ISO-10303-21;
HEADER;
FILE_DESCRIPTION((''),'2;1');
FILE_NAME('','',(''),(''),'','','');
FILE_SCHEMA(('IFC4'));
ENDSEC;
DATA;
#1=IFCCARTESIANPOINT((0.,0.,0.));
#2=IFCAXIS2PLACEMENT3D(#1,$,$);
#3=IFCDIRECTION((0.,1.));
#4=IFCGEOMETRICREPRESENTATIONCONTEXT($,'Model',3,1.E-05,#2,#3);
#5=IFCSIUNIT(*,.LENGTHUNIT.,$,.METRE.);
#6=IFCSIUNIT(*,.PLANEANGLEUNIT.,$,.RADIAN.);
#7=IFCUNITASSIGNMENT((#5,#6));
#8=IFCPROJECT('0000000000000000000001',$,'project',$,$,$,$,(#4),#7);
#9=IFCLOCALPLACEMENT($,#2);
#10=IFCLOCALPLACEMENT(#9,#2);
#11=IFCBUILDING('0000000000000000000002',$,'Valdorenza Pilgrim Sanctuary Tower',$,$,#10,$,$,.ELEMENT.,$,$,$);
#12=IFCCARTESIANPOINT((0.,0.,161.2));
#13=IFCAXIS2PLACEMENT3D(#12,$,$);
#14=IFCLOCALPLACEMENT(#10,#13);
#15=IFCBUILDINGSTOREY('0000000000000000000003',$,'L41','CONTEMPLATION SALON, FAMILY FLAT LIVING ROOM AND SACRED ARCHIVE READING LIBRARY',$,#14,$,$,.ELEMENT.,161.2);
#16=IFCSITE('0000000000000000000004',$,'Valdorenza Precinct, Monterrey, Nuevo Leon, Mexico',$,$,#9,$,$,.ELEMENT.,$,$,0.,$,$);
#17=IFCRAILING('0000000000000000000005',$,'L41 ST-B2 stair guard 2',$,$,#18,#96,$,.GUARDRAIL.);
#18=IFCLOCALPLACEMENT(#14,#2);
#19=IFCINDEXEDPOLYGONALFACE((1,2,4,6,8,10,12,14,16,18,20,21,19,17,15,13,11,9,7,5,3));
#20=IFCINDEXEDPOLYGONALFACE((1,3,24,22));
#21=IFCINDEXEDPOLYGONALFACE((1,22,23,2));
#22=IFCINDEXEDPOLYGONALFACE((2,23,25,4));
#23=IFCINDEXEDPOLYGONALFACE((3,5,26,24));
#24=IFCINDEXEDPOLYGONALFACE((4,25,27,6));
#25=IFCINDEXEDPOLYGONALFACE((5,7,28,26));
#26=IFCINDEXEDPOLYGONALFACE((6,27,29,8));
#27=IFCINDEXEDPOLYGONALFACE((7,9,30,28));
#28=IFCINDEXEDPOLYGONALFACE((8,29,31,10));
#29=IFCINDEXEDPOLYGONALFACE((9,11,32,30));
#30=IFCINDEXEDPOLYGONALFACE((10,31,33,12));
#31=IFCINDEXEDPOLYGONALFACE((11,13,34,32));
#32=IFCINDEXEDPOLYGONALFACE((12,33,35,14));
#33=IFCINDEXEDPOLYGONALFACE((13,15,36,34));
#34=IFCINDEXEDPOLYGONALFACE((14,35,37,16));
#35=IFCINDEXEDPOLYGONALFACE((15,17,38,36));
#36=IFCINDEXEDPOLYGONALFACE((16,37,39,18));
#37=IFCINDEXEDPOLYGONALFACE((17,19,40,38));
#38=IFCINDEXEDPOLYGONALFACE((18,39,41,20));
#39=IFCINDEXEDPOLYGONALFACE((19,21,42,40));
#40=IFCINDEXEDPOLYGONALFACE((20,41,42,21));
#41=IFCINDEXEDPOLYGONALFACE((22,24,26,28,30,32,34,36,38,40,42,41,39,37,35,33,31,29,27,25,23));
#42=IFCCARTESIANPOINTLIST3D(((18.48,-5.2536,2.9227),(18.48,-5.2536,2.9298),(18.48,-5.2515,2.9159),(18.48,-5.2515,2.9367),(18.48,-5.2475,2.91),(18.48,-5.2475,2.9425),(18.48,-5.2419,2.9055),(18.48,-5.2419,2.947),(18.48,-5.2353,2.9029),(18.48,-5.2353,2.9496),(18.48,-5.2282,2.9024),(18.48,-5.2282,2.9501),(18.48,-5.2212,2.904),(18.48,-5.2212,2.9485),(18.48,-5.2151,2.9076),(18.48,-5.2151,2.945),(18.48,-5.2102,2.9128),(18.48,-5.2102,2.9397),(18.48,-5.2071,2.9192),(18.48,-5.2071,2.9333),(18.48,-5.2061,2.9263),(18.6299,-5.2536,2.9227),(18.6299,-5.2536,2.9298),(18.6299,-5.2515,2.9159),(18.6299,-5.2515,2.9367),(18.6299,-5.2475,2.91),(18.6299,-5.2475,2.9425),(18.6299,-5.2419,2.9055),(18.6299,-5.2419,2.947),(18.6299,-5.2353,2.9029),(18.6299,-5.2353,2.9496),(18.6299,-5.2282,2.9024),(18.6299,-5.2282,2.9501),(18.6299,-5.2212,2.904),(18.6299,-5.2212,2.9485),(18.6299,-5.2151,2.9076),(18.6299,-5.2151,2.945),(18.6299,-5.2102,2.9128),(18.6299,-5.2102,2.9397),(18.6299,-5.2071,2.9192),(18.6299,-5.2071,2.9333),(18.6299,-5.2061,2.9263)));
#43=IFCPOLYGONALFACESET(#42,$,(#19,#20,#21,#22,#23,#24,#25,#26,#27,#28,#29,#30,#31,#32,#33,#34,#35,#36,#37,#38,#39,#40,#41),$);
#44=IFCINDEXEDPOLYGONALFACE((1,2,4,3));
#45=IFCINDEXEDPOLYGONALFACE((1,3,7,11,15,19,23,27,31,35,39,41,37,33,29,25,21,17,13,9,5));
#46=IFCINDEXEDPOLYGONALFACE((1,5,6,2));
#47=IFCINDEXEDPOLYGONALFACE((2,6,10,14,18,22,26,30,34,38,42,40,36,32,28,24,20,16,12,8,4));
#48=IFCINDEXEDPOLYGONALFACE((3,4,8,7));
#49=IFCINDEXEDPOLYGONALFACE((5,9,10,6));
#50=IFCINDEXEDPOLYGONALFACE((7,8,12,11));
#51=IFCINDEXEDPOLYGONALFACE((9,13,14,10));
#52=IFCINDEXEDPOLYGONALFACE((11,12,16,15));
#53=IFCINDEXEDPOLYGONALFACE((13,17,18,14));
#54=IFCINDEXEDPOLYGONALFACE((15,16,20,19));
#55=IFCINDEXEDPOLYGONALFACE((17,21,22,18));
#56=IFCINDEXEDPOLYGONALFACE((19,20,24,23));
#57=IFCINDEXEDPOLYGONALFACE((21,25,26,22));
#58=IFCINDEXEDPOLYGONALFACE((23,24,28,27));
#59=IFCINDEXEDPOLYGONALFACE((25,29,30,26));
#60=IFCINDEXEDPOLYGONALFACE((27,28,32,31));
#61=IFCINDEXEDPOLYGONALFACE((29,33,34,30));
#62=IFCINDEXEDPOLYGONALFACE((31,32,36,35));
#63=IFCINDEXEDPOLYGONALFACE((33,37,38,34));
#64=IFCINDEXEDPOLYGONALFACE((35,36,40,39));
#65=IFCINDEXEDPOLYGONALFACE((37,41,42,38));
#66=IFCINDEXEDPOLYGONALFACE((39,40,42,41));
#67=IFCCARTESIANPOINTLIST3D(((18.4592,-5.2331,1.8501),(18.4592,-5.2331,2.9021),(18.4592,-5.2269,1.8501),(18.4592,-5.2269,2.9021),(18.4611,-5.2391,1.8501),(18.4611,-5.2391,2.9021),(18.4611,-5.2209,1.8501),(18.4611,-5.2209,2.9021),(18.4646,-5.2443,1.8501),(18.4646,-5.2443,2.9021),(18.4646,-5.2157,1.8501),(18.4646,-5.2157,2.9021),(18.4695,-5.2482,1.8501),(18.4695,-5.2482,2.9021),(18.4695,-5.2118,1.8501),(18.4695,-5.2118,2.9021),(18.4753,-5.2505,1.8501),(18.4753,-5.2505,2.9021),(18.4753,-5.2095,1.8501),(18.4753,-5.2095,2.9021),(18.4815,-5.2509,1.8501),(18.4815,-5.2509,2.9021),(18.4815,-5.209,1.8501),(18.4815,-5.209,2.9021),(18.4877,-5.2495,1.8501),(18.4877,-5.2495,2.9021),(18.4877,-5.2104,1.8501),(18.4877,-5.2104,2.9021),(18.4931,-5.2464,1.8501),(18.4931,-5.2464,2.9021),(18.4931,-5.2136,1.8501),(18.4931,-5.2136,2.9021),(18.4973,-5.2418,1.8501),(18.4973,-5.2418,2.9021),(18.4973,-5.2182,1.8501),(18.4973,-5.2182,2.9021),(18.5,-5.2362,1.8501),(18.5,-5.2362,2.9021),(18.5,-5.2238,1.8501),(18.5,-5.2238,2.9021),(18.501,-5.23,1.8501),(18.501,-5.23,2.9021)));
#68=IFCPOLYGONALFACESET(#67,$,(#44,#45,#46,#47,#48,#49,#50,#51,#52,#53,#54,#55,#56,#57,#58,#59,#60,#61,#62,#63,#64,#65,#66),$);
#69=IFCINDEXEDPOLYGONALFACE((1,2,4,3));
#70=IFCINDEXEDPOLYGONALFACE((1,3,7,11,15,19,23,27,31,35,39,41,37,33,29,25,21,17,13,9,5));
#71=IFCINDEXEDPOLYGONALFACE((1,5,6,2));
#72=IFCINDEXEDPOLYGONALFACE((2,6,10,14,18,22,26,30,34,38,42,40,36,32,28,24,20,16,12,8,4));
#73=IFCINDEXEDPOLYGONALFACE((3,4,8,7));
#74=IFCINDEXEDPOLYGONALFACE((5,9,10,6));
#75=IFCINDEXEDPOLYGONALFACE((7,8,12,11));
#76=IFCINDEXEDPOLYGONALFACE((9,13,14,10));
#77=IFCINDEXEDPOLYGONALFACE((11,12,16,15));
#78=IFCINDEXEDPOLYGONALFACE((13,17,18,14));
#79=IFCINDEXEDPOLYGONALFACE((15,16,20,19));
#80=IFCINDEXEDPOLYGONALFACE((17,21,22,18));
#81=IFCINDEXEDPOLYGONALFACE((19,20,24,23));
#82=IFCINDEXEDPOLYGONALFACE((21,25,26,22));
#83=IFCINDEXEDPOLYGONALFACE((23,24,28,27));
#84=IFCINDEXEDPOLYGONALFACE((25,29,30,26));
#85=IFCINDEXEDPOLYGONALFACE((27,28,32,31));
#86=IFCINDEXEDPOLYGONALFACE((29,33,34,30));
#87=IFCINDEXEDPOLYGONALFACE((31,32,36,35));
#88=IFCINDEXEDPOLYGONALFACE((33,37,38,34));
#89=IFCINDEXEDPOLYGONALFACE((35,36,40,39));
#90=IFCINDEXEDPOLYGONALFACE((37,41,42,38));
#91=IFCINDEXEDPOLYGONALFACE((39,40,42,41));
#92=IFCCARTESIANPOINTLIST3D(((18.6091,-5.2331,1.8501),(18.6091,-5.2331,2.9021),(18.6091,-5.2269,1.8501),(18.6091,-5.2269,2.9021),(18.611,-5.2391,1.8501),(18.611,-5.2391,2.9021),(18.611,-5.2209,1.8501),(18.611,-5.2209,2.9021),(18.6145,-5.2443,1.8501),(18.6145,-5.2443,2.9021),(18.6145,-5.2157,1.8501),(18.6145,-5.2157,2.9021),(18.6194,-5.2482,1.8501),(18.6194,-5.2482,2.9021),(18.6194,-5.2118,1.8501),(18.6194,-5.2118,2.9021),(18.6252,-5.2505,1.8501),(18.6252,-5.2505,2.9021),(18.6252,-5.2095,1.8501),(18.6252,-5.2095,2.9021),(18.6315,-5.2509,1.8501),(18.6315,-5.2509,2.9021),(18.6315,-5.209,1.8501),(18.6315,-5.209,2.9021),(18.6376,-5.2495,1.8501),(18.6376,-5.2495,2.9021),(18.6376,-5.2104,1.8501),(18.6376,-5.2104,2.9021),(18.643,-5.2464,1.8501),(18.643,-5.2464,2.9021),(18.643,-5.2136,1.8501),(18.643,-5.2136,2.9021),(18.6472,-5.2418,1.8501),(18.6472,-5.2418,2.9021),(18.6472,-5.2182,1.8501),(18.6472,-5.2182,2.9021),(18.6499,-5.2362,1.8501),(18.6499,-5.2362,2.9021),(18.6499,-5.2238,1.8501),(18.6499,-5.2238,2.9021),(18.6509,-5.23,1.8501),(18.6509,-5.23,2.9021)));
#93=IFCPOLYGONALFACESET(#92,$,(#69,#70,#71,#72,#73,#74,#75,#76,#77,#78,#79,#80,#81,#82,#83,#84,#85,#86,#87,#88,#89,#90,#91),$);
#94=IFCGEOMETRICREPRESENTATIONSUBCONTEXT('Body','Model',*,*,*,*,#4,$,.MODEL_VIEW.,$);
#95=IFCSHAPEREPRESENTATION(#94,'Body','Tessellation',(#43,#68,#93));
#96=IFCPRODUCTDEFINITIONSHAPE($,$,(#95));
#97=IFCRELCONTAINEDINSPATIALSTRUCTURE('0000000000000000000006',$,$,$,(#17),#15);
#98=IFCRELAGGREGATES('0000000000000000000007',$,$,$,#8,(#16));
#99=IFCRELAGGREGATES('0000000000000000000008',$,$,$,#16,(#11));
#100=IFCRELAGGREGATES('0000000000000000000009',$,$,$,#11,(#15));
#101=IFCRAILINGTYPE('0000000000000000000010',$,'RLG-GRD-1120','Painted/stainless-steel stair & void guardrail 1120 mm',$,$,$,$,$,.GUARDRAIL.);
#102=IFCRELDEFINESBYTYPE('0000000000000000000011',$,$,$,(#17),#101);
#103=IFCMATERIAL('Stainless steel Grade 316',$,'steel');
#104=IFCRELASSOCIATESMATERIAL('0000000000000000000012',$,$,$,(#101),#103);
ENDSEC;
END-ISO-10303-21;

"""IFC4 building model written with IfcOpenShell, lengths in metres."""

from ifc_helpers import new_model, si_unit, direction, frame, origin, origin_2d, place, context, subcontext, project, spatial, circle, extrude, material, type_object, element, save


model = new_model("IFC4")

# Units and contexts
model_context = context("Model", 3, precision=1e-05, world=origin(), true_north=direction((0.0, 1.0)))
body_context = subcontext(model_context, "Body", "Model", "MODEL_VIEW")
ifc_project = project(units=[si_unit("LENGTHUNIT", "METRE"), si_unit("PLANEANGLEUNIT", "RADIAN")], contexts=[model_context])

# Site, building, storey
site_placement = place(None, origin())
site = spatial("IfcSite", under=ifc_project, at=site_placement, Name="Valdorenza Precinct, Monterrey, Nuevo Leon, Mexico", CompositionType="ELEMENT", RefElevation=0.0)
building_placement = place(site_placement, origin())
building = spatial("IfcBuilding", under=site, at=building_placement, Name="Valdorenza Pilgrim Sanctuary Tower", CompositionType="ELEMENT")
storey_placement = place(building_placement, frame((0.0, 0.0, 161.2)))
storey = spatial("IfcBuildingStorey", under=building, at=storey_placement, Name="L41", Description="CONTEMPLATION SALON, FAMILY FLAT LIVING ROOM AND SACRED ARCHIVE READING LIBRARY", CompositionType="ELEMENT", Elevation=161.2)

# Railing
ifc_material_1 = material(Name="Stainless steel Grade 316", Category="steel")
railing_type_1 = type_object("IfcRailingType", Name="RLG-GRD-1120", Description="Painted/stainless-steel stair & void guardrail 1120 mm", PredefinedType="GUARDRAIL", material=ifc_material_1)
railing_1_placement = place(storey_placement, frame((18.48, -5.23, 1.8501)))
element("IfcRailing", 1, at=railing_1_placement, inside=storey, type_object=railing_type_1, Name="L41 ST-B2 stair guard 2", PredefinedType="GUARDRAIL", context=body_context, shape_type="SweptSolid", body=[
    extrude(circle(Radius=0.0239, at=origin_2d()), frame((0.0, 0.0, 1.0762), z_axis=(1.0, 0.0, 0.0), x_axis=(0.0, 1.0, 0.0)), (0.0, 0.0, 1.0), 0.1499),
    extrude(circle(Radius=0.021, at=origin_2d()), origin(), (0.0, 0.0, 1.0), 1.052),
    extrude(circle(Radius=0.021, at=origin_2d()), frame((0.1499, 0.0, 0.0)), (0.0, 0.0, 1.0), 1.052),
])

save(model, "model.ifc")
